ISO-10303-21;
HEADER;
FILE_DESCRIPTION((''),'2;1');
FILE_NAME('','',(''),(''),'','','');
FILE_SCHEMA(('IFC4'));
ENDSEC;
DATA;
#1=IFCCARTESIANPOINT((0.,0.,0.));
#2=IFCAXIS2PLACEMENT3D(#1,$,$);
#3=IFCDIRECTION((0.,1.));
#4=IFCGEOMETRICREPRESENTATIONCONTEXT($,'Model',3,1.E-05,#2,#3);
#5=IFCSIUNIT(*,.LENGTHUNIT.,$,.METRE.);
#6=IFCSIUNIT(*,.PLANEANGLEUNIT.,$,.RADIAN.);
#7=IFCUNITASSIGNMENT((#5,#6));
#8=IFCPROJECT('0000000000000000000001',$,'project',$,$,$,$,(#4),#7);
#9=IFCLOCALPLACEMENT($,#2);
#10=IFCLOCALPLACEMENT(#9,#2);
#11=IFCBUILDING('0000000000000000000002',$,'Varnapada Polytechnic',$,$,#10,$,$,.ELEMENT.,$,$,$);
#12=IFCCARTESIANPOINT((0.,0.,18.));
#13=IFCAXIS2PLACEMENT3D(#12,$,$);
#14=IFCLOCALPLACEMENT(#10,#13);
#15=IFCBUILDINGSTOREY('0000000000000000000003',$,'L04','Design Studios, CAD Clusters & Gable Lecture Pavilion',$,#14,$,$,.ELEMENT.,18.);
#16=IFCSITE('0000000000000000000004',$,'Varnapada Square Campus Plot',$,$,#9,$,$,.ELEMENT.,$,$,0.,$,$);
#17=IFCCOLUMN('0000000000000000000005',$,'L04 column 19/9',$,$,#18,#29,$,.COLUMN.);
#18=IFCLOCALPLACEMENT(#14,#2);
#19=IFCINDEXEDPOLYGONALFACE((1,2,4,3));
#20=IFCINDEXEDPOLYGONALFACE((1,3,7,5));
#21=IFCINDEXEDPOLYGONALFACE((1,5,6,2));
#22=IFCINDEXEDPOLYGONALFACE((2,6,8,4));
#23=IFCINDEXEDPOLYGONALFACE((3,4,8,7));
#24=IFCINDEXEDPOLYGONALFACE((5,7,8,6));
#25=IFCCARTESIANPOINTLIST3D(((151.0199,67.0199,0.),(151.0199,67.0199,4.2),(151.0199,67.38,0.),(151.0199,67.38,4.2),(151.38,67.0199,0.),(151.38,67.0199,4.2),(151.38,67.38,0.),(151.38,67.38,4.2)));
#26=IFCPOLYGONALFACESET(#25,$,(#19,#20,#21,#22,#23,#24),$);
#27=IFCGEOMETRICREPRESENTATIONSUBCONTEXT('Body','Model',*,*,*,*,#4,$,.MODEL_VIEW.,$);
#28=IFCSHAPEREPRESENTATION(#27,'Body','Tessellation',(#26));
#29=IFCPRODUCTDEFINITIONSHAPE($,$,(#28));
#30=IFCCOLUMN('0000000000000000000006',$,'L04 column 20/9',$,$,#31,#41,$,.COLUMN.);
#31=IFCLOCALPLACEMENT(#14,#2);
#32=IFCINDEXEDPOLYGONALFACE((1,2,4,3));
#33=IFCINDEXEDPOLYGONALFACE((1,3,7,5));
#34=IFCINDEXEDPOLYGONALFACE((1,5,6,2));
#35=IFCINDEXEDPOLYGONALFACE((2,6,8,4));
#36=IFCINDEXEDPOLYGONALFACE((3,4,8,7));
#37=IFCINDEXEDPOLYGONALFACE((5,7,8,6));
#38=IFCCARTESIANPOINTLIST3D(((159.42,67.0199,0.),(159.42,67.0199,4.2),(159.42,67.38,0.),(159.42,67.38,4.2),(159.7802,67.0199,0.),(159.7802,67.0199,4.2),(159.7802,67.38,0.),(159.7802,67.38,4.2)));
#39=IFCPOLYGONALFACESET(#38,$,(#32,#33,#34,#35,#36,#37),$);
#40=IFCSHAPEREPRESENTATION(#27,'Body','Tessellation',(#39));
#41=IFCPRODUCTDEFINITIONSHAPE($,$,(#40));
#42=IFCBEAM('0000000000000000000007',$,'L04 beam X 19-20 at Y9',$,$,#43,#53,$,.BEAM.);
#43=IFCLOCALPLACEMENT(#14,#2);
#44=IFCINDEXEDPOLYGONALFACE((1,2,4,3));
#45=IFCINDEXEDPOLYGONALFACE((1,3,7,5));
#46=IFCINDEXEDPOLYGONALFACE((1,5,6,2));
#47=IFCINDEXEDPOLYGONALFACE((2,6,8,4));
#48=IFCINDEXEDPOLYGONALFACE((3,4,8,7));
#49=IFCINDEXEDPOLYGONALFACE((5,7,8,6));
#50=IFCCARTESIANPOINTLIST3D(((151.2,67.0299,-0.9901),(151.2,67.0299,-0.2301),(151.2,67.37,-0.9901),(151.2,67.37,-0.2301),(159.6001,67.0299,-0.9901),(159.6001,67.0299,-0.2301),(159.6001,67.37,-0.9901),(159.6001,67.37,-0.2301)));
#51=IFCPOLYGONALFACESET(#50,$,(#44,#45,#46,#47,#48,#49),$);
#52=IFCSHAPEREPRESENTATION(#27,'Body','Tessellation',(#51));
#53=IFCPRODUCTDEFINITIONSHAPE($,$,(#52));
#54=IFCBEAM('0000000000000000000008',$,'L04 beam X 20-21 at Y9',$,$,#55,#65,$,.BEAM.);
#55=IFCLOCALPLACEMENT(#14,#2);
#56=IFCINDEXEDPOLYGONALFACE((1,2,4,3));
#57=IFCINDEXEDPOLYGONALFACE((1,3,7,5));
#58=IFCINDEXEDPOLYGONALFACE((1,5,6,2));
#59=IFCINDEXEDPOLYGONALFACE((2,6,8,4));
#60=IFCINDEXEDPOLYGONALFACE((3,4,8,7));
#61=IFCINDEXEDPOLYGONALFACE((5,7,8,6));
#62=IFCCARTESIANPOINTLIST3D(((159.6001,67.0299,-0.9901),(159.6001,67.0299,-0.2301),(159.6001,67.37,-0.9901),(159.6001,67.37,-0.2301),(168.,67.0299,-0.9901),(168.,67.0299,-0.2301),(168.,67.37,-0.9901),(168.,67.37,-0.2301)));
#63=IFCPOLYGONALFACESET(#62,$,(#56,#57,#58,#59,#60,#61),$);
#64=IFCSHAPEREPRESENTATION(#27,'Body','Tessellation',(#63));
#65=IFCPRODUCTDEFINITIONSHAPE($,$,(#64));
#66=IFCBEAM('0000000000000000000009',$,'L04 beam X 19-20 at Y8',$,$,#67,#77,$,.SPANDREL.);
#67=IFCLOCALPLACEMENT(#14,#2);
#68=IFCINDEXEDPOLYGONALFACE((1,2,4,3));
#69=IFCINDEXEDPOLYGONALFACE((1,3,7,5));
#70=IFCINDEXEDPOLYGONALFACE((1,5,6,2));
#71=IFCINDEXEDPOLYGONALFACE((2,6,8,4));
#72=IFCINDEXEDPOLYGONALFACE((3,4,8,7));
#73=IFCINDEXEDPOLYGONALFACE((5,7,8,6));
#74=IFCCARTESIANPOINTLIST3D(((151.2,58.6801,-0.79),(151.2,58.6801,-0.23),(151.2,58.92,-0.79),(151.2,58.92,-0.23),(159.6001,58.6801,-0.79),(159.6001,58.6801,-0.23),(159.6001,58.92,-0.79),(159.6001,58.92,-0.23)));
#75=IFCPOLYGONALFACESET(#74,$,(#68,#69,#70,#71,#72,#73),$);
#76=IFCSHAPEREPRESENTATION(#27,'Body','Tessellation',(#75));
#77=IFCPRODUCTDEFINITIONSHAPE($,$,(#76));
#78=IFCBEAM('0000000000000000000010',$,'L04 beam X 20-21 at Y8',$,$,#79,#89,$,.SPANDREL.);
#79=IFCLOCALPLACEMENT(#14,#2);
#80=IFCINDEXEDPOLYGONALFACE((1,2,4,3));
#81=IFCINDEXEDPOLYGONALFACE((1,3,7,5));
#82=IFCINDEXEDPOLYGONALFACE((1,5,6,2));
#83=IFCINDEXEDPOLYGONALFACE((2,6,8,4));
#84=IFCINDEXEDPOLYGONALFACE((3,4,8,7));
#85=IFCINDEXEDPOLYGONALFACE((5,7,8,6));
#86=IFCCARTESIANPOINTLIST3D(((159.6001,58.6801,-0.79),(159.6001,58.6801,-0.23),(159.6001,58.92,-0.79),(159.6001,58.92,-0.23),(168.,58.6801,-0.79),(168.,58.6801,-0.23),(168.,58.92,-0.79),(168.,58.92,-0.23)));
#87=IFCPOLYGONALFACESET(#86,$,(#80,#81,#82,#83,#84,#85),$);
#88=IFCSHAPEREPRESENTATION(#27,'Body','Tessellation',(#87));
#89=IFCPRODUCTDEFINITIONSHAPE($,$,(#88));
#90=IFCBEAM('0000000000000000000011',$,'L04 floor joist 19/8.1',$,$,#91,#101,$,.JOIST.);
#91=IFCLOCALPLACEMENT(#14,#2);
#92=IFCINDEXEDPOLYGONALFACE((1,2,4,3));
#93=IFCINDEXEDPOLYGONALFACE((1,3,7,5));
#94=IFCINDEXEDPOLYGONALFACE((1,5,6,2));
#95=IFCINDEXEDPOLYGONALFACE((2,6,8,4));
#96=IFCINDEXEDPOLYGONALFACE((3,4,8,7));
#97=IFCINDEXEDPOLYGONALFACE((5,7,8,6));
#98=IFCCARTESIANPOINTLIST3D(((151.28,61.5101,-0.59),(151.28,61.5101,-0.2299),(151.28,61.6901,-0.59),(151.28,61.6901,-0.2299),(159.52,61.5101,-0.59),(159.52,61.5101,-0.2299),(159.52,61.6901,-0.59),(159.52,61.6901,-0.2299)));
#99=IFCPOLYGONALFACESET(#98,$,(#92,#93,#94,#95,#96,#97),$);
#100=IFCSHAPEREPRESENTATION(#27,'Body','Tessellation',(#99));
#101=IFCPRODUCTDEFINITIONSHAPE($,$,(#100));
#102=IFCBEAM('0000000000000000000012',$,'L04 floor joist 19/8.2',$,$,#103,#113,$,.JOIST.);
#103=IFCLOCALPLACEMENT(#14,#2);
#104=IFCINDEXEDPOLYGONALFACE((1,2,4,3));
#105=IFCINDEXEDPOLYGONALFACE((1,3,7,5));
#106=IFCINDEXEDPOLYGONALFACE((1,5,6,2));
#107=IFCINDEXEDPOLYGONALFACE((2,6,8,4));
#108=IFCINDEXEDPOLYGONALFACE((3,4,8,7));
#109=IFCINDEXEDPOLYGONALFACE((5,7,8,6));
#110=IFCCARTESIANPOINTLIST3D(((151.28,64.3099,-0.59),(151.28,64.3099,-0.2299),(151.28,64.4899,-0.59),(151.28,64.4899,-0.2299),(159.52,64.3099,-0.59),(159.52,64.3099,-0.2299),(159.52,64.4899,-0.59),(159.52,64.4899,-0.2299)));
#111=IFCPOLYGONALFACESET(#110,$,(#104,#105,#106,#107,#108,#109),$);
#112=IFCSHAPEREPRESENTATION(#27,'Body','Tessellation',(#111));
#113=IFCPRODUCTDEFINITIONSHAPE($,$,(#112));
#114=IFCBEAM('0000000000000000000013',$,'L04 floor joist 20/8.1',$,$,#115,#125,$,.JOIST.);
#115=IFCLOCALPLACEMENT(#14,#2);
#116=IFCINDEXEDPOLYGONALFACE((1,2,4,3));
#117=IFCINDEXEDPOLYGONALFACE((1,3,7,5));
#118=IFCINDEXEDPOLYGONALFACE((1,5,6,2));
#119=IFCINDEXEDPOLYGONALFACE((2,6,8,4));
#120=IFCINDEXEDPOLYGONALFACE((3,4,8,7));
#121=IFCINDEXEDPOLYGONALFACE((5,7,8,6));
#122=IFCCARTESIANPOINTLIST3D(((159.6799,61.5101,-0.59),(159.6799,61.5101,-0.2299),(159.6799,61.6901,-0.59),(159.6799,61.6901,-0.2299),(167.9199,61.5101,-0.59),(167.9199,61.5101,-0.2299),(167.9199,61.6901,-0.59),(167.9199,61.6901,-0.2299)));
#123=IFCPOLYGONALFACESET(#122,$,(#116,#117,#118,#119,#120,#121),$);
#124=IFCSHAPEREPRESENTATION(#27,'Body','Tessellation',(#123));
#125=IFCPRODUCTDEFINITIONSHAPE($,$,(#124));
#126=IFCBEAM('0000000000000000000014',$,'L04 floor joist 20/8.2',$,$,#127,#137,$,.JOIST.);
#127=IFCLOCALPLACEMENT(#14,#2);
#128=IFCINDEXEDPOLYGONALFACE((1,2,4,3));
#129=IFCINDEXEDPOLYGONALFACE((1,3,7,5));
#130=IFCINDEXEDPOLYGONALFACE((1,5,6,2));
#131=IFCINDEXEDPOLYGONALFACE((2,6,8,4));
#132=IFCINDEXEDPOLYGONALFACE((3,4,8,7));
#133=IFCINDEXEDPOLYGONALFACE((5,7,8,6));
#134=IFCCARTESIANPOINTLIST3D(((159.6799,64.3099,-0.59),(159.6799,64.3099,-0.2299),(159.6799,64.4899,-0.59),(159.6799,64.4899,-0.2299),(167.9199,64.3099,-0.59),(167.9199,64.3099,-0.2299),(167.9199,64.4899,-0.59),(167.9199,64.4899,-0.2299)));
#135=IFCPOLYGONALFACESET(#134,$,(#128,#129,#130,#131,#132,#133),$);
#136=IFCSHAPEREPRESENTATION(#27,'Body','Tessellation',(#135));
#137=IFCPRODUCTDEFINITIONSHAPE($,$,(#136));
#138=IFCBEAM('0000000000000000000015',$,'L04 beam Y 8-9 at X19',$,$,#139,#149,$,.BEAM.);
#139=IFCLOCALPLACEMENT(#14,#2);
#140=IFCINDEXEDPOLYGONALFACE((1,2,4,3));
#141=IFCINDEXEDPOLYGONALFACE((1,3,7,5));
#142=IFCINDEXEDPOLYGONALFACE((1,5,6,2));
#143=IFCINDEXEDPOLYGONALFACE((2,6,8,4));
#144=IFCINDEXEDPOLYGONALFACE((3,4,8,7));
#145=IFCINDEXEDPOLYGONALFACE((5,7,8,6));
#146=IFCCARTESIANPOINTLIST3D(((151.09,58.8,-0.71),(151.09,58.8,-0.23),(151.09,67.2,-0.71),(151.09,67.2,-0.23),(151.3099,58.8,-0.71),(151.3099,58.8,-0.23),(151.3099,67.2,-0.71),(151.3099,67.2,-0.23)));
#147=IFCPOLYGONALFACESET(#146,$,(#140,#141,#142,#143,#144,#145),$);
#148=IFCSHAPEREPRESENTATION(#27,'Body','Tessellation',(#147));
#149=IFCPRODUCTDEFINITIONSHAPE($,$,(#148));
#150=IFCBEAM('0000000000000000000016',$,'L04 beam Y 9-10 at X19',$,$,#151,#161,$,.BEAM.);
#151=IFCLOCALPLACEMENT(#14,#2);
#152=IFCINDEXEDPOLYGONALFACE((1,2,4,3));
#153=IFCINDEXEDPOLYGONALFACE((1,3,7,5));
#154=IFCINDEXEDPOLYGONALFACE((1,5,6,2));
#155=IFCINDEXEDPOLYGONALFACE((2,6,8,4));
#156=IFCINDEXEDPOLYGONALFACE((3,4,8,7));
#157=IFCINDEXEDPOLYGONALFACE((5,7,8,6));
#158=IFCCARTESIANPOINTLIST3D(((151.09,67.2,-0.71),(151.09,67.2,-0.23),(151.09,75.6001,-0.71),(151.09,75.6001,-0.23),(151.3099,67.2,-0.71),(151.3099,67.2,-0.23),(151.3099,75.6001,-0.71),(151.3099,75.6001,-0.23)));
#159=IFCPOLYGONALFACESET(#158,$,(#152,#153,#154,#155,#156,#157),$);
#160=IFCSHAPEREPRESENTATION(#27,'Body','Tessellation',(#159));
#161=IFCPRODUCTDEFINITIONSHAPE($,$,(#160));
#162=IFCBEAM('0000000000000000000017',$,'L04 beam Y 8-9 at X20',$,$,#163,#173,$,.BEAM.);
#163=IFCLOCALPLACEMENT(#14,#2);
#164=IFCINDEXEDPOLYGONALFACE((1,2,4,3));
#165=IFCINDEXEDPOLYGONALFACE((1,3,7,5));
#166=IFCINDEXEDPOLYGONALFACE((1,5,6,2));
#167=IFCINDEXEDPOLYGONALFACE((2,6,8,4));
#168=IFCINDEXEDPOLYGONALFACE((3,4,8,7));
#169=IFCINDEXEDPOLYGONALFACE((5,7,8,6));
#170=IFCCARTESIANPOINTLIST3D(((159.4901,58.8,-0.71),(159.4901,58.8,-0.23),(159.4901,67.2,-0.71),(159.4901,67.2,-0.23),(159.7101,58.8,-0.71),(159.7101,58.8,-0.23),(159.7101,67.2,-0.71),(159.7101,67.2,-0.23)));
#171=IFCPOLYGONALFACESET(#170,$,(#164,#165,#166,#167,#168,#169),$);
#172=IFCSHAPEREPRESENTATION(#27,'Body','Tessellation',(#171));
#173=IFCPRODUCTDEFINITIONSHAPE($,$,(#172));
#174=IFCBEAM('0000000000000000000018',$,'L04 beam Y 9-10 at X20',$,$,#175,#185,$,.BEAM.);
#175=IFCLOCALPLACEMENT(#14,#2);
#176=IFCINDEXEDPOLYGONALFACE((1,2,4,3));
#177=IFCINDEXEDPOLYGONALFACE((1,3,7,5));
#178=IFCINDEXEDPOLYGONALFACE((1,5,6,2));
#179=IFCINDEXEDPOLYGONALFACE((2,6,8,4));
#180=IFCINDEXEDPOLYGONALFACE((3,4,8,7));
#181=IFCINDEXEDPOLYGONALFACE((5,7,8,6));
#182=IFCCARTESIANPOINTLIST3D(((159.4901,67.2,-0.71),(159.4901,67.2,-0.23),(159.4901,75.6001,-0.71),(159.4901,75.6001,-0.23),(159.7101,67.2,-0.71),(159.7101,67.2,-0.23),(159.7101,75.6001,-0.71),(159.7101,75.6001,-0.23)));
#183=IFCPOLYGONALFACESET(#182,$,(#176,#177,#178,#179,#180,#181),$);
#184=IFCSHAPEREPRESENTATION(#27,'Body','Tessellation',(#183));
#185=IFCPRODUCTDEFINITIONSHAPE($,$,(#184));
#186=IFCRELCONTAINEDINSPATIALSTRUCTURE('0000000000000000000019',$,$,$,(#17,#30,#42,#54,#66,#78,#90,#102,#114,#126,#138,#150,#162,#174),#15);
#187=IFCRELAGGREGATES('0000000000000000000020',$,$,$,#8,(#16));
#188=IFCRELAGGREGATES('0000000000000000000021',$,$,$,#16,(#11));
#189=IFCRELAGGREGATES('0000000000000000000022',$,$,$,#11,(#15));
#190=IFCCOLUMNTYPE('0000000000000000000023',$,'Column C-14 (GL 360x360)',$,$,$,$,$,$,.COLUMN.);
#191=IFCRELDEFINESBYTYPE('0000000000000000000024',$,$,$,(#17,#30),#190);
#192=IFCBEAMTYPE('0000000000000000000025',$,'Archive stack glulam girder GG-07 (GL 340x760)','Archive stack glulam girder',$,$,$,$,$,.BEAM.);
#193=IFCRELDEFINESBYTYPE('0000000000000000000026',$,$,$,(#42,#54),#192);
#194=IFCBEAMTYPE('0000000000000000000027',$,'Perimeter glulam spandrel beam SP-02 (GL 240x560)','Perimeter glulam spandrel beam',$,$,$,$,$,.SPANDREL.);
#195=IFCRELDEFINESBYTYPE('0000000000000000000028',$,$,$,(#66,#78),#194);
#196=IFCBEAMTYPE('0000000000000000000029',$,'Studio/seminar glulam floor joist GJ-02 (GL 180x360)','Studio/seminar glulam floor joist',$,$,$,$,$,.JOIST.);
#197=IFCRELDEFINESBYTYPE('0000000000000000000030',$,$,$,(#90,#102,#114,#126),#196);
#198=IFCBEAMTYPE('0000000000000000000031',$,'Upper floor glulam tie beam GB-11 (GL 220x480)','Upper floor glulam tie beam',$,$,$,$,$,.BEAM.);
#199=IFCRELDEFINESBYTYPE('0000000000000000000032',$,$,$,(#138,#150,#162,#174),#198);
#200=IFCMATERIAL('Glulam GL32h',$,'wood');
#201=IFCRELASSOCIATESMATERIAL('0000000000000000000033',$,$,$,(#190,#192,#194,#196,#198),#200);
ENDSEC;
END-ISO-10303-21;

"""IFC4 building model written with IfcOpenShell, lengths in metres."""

from ifc_helpers import new_model, si_unit, direction, frame, origin, origin_2d, place, context, subcontext, project, spatial, rectangle, extrude, material, material_profile, profile_set, type_object, element, save


model = new_model("IFC4")

# Units and contexts
model_context = context("Model", 3, precision=1e-05, world=origin(), true_north=direction((0.0, 1.0)))
body_context = subcontext(model_context, "Body", "Model", "MODEL_VIEW")
ifc_project = project(units=[si_unit("LENGTHUNIT", "METRE"), si_unit("PLANEANGLEUNIT", "RADIAN")], contexts=[model_context])

# Site, building, storey
site_placement = place(None, origin())
site = spatial("IfcSite", under=ifc_project, at=site_placement, Name="Varnapada Square Campus Plot", CompositionType="ELEMENT", RefElevation=0.0)
building_placement = place(site_placement, origin())
building = spatial("IfcBuilding", under=site, at=building_placement, Name="Varnapada Polytechnic", CompositionType="ELEMENT")
storey_placement = place(building_placement, frame((0.0, 0.0, 18.0)))
storey = spatial("IfcBuildingStorey", under=building, at=storey_placement, Name="L04", Description="Design Studios, CAD Clusters & Gable Lecture Pavilion", CompositionType="ELEMENT", Elevation=18.0)

# Columns
ifc_material_1 = material(Name="Glulam GL32h", Category="wood")
ifc_material_profile_1 = material_profile(ifc_material_1, rectangle(XDim=0.3601, YDim=0.3601, at=origin_2d()), Name="GL 360x360")
ifc_profile_set_1 = profile_set([ifc_material_profile_1], Name="Glulam GL32h")
column_type = type_object("IfcColumnType", Name="Column C-14 (GL 360x360)", PredefinedType="COLUMN", material=ifc_profile_set_1)
for number, where, z_axis, x_axis, name in (
    (1, (151.2, 67.2, 0.0), (0.0, 0.0, 1.0), (1.0, 0.0, 0.0), "L04 column 19/9"),
    (2, (159.6001, 67.2, 0.0), (0.0, 0.0, 1.0), (1.0, 0.0, 0.0), "L04 column 20/9"),
):
    element("IfcColumn", number, at=place(storey_placement, frame(where, z_axis=z_axis, x_axis=x_axis)), inside=storey, type_object=column_type, Name=name, PredefinedType="COLUMN", context=body_context, shape_type="SweptSolid", body=[
        extrude(rectangle(XDim=0.3601, YDim=0.3601, at=origin_2d()), origin(), (0.0, 0.0, 1.0), 4.2),
    ])

# Beams
ifc_material_profile_2 = material_profile(ifc_material_1, rectangle(XDim=0.3401, YDim=0.76, at=origin_2d()), Name="GL 340x760")
ifc_profile_set_2 = profile_set([ifc_material_profile_2], Name="Glulam GL32h")
beam_type_1 = type_object("IfcBeamType", Name="Archive stack glulam girder GG-07 (GL 340x760)", Description="Archive stack glulam girder", PredefinedType="BEAM", material=ifc_profile_set_2)
beam_1_placement = place(storey_placement, frame((151.2, 67.2, -0.6101), z_axis=(1.0, 0.0, 0.0), x_axis=(0.0, 1.0, 0.0)))
element("IfcBeam", 3, at=beam_1_placement, inside=storey, type_object=beam_type_1, Name="L04 beam X 19-20 at Y9", PredefinedType="BEAM", context=body_context, shape_type="SweptSolid", body=[
    extrude(rectangle(XDim=0.3401, YDim=0.76, at=origin_2d()), origin(), (0.0, 0.0, 1.0), 8.4001),
])
beam_2_placement = place(storey_placement, frame((159.6001, 67.2, -0.6101), z_axis=(1.0, 0.0, 0.0), x_axis=(0.0, 1.0, 0.0)))
element("IfcBeam", 4, at=beam_2_placement, inside=storey, type_object=beam_type_1, Name="L04 beam X 20-21 at Y9", PredefinedType="BEAM", context=body_context, shape_type="SweptSolid", body=[
    extrude(rectangle(XDim=0.3401, YDim=0.76, at=origin_2d()), origin(), (0.0, 0.0, 1.0), 8.3999),
])
ifc_material_profile_3 = material_profile(ifc_material_1, rectangle(XDim=0.24, YDim=0.5601, at=origin_2d()), Name="GL 240x560")
ifc_profile_set_3 = profile_set([ifc_material_profile_3], Name="Glulam GL32h")
beam_type_2 = type_object("IfcBeamType", Name="Perimeter glulam spandrel beam SP-02 (GL 240x560)", Description="Perimeter glulam spandrel beam", PredefinedType="SPANDREL", material=ifc_profile_set_3)
beam_3_placement = place(storey_placement, frame((151.2, 58.8, -0.51), z_axis=(1.0, 0.0, 0.0), x_axis=(0.0, 1.0, 0.0)))
element("IfcBeam", 5, at=beam_3_placement, inside=storey, type_object=beam_type_2, Name="L04 beam X 19-20 at Y8", PredefinedType="SPANDREL", context=body_context, shape_type="SweptSolid", body=[
    extrude(rectangle(XDim=0.24, YDim=0.5601, at=origin_2d()), origin(), (0.0, 0.0, 1.0), 8.4001),
])
beam_4_placement = place(storey_placement, frame((159.6001, 58.8, -0.51), z_axis=(1.0, 0.0, 0.0), x_axis=(0.0, 1.0, 0.0)))
element("IfcBeam", 6, at=beam_4_placement, inside=storey, type_object=beam_type_2, Name="L04 beam X 20-21 at Y8", PredefinedType="SPANDREL", context=body_context, shape_type="SweptSolid", body=[
    extrude(rectangle(XDim=0.24, YDim=0.5601, at=origin_2d()), origin(), (0.0, 0.0, 1.0), 8.3999),
])
ifc_material_profile_4 = material_profile(ifc_material_1, rectangle(XDim=0.1799, YDim=0.3601, at=origin_2d()), Name="GL 180x360")
ifc_profile_set_4 = profile_set([ifc_material_profile_4], Name="Glulam GL32h")
beam_type_3 = type_object("IfcBeamType", Name="Studio/seminar glulam floor joist GJ-02 (GL 180x360)", Description="Studio/seminar glulam floor joist", PredefinedType="JOIST", material=ifc_profile_set_4)
for number, where, z_axis, x_axis, name in (
    (7, (151.28, 61.6001, -0.4099), (1.0, 0.0, 0.0), (0.0, 1.0, 0.0), "L04 floor joist 19/8.1"),
    (8, (151.28, 64.3999, -0.4099), (1.0, 0.0, 0.0), (0.0, 1.0, 0.0), "L04 floor joist 19/8.2"),
    (9, (159.6799, 61.6001, -0.4099), (1.0, 0.0, 0.0), (0.0, 1.0, 0.0), "L04 floor joist 20/8.1"),
    (10, (159.6799, 64.3999, -0.4099), (1.0, 0.0, 0.0), (0.0, 1.0, 0.0), "L04 floor joist 20/8.2"),
):
    element("IfcBeam", number, at=place(storey_placement, frame(where, z_axis=z_axis, x_axis=x_axis)), inside=storey, type_object=beam_type_3, Name=name, PredefinedType="JOIST", context=body_context, shape_type="SweptSolid", body=[
        extrude(rectangle(XDim=0.1799, YDim=0.3601, at=origin_2d()), origin(), (0.0, 0.0, 1.0), 8.24),
    ])
ifc_material_profile_5 = material_profile(ifc_material_1, rectangle(XDim=0.22, YDim=0.48, at=origin_2d()), Name="GL 220x480")
ifc_profile_set_5 = profile_set([ifc_material_profile_5], Name="Glulam GL32h")
beam_type_4 = type_object("IfcBeamType", Name="Upper floor glulam tie beam GB-11 (GL 220x480)", Description="Upper floor glulam tie beam", PredefinedType="BEAM", material=ifc_profile_set_5)
beam_5_placement = place(storey_placement, frame((151.2, 58.8, -0.47), z_axis=(0.0, 1.0, 0.0), x_axis=(-1.0, 0.0, 0.0)))
element("IfcBeam", 11, at=beam_5_placement, inside=storey, type_object=beam_type_4, Name="L04 beam Y 8-9 at X19", PredefinedType="BEAM", context=body_context, shape_type="SweptSolid", body=[
    extrude(rectangle(XDim=0.22, YDim=0.48, at=origin_2d()), origin(), (0.0, 0.0, 1.0), 8.3999),
])
beam_6_placement = place(storey_placement, frame((151.2, 67.2, -0.47), z_axis=(0.0, 1.0, 0.0), x_axis=(-1.0, 0.0, 0.0)))
element("IfcBeam", 12, at=beam_6_placement, inside=storey, type_object=beam_type_4, Name="L04 beam Y 9-10 at X19", PredefinedType="BEAM", context=body_context, shape_type="SweptSolid", body=[
    extrude(rectangle(XDim=0.22, YDim=0.48, at=origin_2d()), origin(), (0.0, 0.0, 1.0), 8.4001),
])
beam_7_placement = place(storey_placement, frame((159.6001, 58.8, -0.47), z_axis=(0.0, 1.0, 0.0), x_axis=(-1.0, 0.0, 0.0)))
element("IfcBeam", 13, at=beam_7_placement, inside=storey, type_object=beam_type_4, Name="L04 beam Y 8-9 at X20", PredefinedType="BEAM", context=body_context, shape_type="SweptSolid", body=[
    extrude(rectangle(XDim=0.22, YDim=0.48, at=origin_2d()), origin(), (0.0, 0.0, 1.0), 8.3999),
])
beam_8_placement = place(storey_placement, frame((159.6001, 67.2, -0.47), z_axis=(0.0, 1.0, 0.0), x_axis=(-1.0, 0.0, 0.0)))
element("IfcBeam", 14, at=beam_8_placement, inside=storey, type_object=beam_type_4, Name="L04 beam Y 9-10 at X20", PredefinedType="BEAM", context=body_context, shape_type="SweptSolid", body=[
    extrude(rectangle(XDim=0.22, YDim=0.48, at=origin_2d()), origin(), (0.0, 0.0, 1.0), 8.4001),
])

save(model, "model.ifc")
